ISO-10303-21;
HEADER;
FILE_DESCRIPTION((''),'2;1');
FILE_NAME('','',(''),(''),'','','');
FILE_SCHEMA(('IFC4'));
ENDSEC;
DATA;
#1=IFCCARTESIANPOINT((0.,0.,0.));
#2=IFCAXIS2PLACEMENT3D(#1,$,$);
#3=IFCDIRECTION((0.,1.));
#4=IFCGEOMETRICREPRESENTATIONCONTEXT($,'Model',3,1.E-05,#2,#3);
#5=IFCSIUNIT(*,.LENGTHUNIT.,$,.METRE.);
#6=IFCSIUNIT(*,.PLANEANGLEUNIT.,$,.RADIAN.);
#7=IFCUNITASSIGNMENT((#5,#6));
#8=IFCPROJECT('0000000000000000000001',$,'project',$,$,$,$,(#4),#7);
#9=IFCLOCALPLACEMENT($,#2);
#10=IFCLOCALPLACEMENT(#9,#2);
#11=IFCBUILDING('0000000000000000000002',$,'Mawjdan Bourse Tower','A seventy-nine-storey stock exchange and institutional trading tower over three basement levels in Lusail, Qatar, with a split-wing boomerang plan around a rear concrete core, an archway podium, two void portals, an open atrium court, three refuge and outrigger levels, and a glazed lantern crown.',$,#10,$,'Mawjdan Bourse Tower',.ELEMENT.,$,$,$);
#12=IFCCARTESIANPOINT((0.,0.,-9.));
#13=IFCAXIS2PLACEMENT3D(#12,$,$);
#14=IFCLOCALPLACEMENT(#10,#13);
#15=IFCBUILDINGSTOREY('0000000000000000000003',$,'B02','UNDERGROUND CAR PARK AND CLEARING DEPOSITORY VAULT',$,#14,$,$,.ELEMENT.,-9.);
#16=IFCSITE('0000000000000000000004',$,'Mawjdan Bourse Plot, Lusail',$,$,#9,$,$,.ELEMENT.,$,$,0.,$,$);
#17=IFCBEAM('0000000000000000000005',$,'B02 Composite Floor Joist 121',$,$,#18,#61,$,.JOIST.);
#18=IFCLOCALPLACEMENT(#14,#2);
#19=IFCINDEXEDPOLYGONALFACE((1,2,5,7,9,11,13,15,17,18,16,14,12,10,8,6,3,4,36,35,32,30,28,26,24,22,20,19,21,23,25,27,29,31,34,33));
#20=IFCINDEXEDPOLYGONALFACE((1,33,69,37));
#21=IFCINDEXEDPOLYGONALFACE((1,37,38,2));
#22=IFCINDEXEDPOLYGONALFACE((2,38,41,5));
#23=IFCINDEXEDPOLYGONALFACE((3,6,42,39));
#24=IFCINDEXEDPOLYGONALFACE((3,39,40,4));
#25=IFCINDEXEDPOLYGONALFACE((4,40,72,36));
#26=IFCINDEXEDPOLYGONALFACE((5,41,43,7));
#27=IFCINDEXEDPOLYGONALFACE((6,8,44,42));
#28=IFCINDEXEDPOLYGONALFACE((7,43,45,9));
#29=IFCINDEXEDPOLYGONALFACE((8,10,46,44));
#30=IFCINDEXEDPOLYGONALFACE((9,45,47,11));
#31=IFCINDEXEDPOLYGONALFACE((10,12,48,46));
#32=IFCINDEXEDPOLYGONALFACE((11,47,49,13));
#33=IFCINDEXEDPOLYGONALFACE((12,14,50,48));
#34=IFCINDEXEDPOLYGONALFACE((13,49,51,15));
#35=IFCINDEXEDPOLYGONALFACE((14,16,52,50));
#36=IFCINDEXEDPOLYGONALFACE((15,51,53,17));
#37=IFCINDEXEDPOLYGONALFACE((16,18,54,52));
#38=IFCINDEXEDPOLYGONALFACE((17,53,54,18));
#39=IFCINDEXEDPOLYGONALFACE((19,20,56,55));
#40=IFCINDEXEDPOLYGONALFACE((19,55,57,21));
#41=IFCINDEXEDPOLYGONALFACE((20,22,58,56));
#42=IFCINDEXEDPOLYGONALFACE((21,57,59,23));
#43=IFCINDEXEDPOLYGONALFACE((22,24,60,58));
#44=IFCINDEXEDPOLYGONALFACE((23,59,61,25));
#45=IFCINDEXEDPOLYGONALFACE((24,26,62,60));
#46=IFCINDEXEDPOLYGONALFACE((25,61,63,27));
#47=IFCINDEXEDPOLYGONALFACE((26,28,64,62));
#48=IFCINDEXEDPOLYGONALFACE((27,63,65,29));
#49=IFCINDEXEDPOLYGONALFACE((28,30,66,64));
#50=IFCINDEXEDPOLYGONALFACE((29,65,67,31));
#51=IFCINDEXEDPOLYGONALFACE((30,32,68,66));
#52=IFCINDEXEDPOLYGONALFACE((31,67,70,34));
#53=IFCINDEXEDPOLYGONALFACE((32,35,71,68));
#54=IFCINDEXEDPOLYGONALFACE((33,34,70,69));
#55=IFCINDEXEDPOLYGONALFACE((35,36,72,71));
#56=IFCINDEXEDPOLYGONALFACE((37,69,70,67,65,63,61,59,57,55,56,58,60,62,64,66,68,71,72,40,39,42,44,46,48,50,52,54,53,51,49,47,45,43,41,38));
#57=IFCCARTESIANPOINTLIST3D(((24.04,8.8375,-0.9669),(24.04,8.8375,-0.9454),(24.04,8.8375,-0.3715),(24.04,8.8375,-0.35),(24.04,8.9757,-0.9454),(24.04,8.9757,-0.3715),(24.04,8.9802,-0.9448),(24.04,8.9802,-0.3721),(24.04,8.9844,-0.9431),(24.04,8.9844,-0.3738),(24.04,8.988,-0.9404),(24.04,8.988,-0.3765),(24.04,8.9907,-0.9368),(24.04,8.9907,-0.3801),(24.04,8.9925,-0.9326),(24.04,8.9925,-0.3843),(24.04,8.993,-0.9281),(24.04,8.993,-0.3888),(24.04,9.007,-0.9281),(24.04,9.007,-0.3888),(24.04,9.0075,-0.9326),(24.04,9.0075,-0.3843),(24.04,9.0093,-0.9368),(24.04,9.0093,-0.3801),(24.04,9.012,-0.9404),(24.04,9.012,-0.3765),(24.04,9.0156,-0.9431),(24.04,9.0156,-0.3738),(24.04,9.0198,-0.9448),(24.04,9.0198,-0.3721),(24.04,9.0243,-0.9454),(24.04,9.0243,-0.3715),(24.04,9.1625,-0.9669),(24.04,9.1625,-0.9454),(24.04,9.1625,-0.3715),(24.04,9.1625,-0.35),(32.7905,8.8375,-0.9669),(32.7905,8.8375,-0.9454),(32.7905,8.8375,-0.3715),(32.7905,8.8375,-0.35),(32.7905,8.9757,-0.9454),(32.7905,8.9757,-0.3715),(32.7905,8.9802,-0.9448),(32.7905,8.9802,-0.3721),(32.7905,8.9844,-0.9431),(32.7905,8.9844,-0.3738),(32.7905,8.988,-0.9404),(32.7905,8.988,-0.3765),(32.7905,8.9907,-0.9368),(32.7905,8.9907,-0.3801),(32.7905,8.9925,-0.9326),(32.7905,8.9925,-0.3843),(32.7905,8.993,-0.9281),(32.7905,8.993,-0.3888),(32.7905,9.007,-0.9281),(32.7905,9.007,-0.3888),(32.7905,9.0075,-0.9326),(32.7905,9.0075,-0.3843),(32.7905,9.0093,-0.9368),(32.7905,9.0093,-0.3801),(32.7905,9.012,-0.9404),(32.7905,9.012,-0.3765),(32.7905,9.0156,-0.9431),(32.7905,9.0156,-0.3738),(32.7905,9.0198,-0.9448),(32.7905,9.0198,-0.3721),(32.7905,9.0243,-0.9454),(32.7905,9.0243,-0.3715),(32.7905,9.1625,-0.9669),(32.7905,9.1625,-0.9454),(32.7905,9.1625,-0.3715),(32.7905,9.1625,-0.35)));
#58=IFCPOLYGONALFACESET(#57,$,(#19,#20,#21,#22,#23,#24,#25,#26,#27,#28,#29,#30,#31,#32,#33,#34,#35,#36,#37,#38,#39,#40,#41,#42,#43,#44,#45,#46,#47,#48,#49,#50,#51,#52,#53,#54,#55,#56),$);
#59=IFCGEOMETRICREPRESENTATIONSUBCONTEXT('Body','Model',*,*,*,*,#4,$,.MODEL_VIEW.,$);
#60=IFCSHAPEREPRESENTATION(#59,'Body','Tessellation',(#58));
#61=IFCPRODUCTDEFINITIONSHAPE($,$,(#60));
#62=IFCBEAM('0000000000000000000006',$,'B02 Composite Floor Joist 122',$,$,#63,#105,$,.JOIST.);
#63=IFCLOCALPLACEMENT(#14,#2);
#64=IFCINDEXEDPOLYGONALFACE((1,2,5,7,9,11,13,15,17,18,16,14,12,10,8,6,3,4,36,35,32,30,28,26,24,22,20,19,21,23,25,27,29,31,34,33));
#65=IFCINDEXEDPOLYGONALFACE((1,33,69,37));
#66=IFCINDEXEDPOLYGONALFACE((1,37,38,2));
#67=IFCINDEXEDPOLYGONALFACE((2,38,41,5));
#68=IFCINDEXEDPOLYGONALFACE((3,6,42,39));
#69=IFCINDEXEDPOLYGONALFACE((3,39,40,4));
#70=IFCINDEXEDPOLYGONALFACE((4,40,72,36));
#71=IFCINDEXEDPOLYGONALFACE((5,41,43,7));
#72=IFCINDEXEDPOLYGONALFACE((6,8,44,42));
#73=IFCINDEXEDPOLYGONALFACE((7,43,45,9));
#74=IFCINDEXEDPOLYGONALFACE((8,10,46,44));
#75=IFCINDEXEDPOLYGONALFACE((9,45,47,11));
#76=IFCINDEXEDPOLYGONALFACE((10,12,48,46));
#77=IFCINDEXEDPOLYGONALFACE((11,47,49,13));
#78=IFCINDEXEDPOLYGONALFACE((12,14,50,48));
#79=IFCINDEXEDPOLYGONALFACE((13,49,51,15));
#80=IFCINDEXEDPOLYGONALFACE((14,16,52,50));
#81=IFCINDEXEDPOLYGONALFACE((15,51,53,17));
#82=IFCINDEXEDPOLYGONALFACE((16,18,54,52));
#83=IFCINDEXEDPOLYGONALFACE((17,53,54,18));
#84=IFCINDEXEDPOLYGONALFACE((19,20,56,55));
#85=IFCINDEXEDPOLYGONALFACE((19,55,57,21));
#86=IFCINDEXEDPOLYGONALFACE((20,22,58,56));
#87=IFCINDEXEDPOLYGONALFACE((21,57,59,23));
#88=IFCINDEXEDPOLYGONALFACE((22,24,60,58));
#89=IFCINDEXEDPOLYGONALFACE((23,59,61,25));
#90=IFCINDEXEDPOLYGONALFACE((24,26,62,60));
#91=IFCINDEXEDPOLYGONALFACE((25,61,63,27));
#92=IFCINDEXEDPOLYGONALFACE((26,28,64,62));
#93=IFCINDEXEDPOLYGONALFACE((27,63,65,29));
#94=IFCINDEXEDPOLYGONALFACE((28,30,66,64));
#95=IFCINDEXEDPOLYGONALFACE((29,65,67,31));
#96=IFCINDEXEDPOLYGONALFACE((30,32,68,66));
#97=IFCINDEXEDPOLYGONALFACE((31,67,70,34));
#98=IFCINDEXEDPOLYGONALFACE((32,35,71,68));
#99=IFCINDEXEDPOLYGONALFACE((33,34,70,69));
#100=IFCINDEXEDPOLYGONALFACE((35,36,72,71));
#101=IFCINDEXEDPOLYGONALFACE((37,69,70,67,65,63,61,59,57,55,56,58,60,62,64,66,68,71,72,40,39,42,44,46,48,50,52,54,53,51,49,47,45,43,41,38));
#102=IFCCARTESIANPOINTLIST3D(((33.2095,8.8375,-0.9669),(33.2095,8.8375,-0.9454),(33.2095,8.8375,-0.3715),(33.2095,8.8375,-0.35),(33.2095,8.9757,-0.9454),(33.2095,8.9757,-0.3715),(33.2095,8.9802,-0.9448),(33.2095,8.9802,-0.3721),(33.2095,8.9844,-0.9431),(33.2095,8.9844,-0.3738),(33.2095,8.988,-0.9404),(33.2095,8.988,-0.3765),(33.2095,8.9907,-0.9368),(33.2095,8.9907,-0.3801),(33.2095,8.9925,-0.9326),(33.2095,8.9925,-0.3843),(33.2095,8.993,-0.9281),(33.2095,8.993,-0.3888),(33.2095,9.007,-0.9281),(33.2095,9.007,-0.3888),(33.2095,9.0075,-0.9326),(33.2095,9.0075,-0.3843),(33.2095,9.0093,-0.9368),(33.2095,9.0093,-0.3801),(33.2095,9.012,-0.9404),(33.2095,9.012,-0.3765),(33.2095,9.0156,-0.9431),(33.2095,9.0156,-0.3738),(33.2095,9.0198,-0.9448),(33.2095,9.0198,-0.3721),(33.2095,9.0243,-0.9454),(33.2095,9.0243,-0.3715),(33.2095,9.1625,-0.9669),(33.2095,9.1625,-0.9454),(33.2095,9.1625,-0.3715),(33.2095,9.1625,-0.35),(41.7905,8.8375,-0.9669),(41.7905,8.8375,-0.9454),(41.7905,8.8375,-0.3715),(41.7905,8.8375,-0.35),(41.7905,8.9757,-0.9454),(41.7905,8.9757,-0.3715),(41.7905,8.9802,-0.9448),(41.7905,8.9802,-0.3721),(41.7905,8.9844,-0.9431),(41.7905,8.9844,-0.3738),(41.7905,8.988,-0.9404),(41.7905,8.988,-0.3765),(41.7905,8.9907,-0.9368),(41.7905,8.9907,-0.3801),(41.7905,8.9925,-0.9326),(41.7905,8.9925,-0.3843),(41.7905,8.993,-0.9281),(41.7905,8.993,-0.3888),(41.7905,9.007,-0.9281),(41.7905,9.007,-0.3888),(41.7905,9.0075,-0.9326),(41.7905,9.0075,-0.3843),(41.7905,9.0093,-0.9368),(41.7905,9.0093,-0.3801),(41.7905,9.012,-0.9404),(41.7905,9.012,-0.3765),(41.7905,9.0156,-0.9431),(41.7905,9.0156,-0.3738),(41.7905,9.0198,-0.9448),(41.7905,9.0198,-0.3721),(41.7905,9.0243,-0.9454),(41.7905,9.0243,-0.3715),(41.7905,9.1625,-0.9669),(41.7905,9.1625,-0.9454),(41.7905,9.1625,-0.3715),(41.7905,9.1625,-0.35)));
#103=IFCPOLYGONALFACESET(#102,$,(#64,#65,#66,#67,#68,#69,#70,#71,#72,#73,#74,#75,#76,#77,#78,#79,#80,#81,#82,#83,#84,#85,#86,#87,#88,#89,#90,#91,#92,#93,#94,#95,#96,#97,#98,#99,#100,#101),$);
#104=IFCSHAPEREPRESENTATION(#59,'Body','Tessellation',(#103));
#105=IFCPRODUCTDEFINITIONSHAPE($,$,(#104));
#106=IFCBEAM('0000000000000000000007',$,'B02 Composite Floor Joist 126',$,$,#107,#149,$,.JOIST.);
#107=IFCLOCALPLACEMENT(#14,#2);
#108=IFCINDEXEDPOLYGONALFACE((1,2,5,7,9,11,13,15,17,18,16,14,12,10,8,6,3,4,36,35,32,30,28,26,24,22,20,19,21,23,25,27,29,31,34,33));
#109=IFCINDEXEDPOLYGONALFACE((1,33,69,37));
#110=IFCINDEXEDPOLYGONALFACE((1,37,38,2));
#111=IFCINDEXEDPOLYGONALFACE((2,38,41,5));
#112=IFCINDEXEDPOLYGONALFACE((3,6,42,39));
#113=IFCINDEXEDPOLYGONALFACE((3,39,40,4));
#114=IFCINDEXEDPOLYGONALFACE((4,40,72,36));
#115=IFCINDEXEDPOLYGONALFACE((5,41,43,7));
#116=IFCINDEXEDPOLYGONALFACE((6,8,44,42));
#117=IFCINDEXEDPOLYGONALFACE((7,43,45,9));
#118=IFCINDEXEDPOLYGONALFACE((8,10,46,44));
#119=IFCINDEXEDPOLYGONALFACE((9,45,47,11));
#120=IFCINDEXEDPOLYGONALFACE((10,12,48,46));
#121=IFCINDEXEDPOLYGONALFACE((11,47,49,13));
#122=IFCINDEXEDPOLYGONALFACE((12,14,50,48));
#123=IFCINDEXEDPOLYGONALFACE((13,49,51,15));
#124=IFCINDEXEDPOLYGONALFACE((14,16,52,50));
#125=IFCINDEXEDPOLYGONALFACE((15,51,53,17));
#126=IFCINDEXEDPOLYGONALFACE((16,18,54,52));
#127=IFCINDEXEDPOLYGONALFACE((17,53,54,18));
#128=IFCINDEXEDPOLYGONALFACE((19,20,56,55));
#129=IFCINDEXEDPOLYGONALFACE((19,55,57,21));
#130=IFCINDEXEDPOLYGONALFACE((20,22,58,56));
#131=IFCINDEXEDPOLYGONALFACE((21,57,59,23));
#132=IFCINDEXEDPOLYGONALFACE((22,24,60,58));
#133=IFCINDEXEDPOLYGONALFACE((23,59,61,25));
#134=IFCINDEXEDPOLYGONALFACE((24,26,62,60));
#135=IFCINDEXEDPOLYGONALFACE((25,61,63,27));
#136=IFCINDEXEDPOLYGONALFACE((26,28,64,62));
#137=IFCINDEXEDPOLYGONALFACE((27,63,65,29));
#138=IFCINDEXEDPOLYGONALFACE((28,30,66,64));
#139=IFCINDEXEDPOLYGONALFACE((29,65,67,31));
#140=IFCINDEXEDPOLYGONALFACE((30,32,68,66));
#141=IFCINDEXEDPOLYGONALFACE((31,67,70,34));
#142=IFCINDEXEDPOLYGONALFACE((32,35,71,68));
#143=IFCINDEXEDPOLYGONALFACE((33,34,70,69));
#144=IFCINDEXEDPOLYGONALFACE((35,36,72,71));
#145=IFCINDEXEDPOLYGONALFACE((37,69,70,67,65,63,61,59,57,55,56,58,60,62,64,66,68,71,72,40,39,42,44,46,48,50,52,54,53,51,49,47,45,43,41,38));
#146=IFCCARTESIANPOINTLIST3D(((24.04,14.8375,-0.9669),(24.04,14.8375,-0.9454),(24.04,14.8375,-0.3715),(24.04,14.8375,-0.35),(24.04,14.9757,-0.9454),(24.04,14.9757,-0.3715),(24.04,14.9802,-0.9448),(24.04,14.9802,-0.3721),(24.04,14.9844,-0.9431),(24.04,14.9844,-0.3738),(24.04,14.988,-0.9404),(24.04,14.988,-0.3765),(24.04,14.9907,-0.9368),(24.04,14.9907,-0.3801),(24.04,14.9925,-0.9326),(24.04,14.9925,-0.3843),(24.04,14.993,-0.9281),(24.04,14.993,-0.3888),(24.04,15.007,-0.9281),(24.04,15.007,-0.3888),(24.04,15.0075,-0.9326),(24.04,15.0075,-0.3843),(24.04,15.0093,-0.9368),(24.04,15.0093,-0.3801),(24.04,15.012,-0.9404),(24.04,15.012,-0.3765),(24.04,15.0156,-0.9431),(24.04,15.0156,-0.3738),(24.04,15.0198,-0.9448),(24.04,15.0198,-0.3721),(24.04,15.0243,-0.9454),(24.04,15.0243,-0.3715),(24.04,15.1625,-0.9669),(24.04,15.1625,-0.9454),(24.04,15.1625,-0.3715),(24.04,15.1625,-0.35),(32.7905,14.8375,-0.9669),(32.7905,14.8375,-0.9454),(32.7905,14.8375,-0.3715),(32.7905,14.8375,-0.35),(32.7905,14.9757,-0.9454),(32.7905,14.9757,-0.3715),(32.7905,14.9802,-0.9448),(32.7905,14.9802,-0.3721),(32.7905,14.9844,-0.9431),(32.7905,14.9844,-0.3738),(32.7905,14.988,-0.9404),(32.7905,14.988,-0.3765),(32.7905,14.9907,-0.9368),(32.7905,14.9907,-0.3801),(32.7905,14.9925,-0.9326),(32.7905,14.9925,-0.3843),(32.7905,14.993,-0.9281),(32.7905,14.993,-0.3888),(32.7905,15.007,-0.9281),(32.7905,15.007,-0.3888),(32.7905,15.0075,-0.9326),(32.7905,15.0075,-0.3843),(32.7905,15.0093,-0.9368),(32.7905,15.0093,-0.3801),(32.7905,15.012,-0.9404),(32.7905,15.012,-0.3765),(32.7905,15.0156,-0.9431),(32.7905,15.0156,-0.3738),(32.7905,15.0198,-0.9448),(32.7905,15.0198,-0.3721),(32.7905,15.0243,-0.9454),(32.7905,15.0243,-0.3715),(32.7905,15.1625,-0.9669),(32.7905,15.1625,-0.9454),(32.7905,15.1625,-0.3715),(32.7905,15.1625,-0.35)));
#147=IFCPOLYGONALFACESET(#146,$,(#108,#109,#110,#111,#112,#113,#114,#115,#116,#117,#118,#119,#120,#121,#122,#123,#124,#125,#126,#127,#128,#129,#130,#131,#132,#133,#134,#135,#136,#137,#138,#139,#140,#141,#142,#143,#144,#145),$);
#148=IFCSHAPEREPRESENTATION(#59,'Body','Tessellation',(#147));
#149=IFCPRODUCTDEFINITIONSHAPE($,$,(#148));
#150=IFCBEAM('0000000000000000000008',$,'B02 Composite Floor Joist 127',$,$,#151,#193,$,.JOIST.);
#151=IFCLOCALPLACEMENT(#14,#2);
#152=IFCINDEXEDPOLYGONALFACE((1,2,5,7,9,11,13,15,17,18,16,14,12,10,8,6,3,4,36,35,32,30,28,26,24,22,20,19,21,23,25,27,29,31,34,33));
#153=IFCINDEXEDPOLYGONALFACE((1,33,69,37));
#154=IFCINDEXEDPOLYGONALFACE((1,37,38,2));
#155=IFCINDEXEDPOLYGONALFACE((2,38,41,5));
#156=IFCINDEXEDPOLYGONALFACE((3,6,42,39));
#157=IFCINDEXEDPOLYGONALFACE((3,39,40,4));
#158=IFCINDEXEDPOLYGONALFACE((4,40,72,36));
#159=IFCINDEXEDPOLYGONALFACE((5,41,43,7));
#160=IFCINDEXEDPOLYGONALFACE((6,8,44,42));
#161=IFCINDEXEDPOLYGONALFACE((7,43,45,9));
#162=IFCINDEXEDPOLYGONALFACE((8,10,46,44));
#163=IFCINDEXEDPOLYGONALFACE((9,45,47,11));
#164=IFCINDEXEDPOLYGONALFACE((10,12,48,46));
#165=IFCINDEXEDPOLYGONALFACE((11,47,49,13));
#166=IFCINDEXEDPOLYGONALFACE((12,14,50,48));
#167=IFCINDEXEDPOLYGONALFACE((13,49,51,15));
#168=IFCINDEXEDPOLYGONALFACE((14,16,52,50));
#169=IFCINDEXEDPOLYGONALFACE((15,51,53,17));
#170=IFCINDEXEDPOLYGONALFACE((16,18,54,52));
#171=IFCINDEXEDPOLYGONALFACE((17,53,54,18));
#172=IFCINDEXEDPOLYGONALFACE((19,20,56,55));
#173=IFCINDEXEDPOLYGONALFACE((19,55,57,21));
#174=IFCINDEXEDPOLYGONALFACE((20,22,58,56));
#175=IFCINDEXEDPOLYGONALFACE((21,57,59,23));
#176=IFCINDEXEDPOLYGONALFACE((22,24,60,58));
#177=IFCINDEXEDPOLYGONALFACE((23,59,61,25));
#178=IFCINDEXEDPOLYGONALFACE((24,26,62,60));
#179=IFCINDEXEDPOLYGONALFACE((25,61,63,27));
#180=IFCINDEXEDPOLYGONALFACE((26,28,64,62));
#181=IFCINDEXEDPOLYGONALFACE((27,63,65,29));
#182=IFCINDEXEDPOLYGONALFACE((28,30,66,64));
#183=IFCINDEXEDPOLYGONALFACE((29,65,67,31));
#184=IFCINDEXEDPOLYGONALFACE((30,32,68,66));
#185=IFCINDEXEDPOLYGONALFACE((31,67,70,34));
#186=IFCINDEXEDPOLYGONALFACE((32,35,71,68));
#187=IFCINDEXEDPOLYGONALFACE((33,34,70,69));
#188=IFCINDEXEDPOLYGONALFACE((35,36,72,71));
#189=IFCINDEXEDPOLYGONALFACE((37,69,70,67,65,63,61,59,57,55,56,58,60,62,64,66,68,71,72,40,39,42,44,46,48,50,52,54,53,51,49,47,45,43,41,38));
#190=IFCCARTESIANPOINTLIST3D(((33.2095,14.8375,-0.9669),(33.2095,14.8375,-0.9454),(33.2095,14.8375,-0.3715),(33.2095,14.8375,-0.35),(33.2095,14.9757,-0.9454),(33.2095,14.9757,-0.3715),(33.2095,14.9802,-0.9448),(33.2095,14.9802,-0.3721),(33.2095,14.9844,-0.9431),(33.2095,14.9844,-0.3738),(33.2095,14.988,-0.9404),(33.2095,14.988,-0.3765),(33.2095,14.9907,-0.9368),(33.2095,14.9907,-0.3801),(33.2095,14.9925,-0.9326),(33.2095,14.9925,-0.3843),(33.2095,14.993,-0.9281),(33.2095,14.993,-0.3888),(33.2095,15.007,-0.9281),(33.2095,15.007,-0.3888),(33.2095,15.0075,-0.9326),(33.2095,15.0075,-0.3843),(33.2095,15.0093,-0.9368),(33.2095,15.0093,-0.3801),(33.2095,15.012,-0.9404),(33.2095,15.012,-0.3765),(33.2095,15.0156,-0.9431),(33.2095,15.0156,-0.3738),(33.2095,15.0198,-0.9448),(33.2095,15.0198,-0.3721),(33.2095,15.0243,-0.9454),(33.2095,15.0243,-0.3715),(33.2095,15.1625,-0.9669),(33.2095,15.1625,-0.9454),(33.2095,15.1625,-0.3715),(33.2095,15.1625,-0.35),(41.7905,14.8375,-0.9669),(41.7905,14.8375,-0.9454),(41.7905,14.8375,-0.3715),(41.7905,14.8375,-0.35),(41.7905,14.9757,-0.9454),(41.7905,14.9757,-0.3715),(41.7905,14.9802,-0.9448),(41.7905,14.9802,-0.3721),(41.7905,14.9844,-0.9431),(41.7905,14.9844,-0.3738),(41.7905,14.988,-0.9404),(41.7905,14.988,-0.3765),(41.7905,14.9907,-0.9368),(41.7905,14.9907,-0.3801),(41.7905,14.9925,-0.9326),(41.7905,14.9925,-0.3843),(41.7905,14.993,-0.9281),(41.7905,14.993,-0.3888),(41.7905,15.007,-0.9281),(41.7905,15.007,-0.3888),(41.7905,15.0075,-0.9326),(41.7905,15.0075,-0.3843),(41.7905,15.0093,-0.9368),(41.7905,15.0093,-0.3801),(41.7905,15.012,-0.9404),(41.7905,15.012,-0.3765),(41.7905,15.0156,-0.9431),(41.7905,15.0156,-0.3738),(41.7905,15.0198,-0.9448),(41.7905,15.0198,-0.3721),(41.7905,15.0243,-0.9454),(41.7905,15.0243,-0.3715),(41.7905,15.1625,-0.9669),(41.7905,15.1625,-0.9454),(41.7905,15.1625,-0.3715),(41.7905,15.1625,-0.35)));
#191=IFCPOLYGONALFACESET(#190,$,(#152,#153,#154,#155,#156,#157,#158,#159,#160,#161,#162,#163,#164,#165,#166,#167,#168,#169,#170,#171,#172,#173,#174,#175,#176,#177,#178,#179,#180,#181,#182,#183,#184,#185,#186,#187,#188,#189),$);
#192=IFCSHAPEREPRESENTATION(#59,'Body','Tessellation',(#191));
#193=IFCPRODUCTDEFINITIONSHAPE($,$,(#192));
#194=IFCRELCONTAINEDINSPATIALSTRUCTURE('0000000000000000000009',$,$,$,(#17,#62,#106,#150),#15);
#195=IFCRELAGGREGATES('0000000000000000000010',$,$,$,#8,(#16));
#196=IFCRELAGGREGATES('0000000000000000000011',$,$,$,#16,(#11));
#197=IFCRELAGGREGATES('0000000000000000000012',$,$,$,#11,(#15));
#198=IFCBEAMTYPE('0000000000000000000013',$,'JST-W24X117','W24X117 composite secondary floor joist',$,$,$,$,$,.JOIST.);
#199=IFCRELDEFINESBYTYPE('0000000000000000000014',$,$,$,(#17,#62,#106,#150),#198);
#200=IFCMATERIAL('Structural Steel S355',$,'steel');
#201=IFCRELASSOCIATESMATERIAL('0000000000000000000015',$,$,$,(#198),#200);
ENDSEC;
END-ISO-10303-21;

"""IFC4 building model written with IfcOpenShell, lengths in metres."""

from ifc_helpers import new_model, si_unit, direction, frame, origin, origin_2d, place, context, subcontext, project, spatial, i_section, extrude, material, material_profile, profile_set, type_object, element, save


model = new_model("IFC4")

# Units and contexts
model_context = context("Model", 3, precision=1e-05, world=origin(), true_north=direction((0.0, 1.0)))
body_context = subcontext(model_context, "Body", "Model", "MODEL_VIEW")
ifc_project = project(units=[si_unit("LENGTHUNIT", "METRE"), si_unit("PLANEANGLEUNIT", "RADIAN")], contexts=[model_context])

# Site, building, storey
site_placement = place(None, origin())
site = spatial("IfcSite", under=ifc_project, at=site_placement, Name="Mawjdan Bourse Plot, Lusail", CompositionType="ELEMENT", RefElevation=0.0)
building_placement = place(site_placement, origin())
building = spatial("IfcBuilding", under=site, at=building_placement, Name="Mawjdan Bourse Tower", Description="A seventy-nine-storey stock exchange and institutional trading tower over three basement levels in Lusail, Qatar, with a split-wing boomerang plan around a rear concrete core, an archway podium, two void portals, an open atrium court, three refuge and outrigger levels, and a glazed lantern crown.", LongName="Mawjdan Bourse Tower", CompositionType="ELEMENT")
storey_placement = place(building_placement, frame((0.0, 0.0, -9.0)))
storey = spatial("IfcBuildingStorey", under=building, at=storey_placement, Name="B02", Description="UNDERGROUND CAR PARK AND CLEARING DEPOSITORY VAULT", CompositionType="ELEMENT", Elevation=-9.0)

# Beams
ifc_material_1 = material(Name="Structural Steel S355", Category="steel")
ifc_material_profile_1 = material_profile(ifc_material_1, i_section(OverallWidth=0.325, OverallDepth=0.6169, WebThickness=0.0139, FlangeThickness=0.0215, FilletRadius=0.0173, at=origin_2d()), Name="W24X117")
ifc_profile_set_1 = profile_set([ifc_material_profile_1], Name="Structural Steel S355")
beam_type_1 = type_object("IfcBeamType", Name="JST-W24X117", Description="W24X117 composite secondary floor joist", PredefinedType="JOIST", material=ifc_profile_set_1)
beam_1_placement = place(storey_placement, frame((24.04, 9.0, -0.6584), z_axis=(1.0, 0.0, 0.0), x_axis=(0.0, 1.0, 0.0)))
element("IfcBeam", 1, at=beam_1_placement, inside=storey, type_object=beam_type_1, Name="B02 Composite Floor Joist 121", PredefinedType="JOIST", context=body_context, shape_type="SweptSolid", body=[
    extrude(i_section(OverallWidth=0.325, OverallDepth=0.6169, WebThickness=0.0139, FlangeThickness=0.0215, FilletRadius=0.0173, at=origin_2d()), origin(), (0.0, 0.0, 1.0), 8.7505),
])
beam_2_placement = place(storey_placement, frame((33.2095, 9.0, -0.6584), z_axis=(1.0, 0.0, 0.0), x_axis=(0.0, 1.0, 0.0)))
element("IfcBeam", 2, at=beam_2_placement, inside=storey, type_object=beam_type_1, Name="B02 Composite Floor Joist 122", PredefinedType="JOIST", context=body_context, shape_type="SweptSolid", body=[
    extrude(i_section(OverallWidth=0.325, OverallDepth=0.6169, WebThickness=0.0139, FlangeThickness=0.0215, FilletRadius=0.0173, at=origin_2d()), origin(), (0.0, 0.0, 1.0), 8.5811),
])
beam_3_placement = place(storey_placement, frame((24.04, 15.0, -0.6584), z_axis=(1.0, 0.0, 0.0), x_axis=(0.0, 1.0, 0.0)))
element("IfcBeam", 3, at=beam_3_placement, inside=storey, type_object=beam_type_1, Name="B02 Composite Floor Joist 126", PredefinedType="JOIST", context=body_context, shape_type="SweptSolid", body=[
    extrude(i_section(OverallWidth=0.325, OverallDepth=0.6169, WebThickness=0.0139, FlangeThickness=0.0215, FilletRadius=0.0173, at=origin_2d()), origin(), (0.0, 0.0, 1.0), 8.7505),
])
beam_4_placement = place(storey_placement, frame((33.2095, 15.0, -0.6584), z_axis=(1.0, 0.0, 0.0), x_axis=(0.0, 1.0, 0.0)))
element("IfcBeam", 4, at=beam_4_placement, inside=storey, type_object=beam_type_1, Name="B02 Composite Floor Joist 127", PredefinedType="JOIST", context=body_context, shape_type="SweptSolid", body=[
    extrude(i_section(OverallWidth=0.325, OverallDepth=0.6169, WebThickness=0.0139, FlangeThickness=0.0215, FilletRadius=0.0173, at=origin_2d()), origin(), (0.0, 0.0, 1.0), 8.5811),
])

save(model, "model.ifc")
